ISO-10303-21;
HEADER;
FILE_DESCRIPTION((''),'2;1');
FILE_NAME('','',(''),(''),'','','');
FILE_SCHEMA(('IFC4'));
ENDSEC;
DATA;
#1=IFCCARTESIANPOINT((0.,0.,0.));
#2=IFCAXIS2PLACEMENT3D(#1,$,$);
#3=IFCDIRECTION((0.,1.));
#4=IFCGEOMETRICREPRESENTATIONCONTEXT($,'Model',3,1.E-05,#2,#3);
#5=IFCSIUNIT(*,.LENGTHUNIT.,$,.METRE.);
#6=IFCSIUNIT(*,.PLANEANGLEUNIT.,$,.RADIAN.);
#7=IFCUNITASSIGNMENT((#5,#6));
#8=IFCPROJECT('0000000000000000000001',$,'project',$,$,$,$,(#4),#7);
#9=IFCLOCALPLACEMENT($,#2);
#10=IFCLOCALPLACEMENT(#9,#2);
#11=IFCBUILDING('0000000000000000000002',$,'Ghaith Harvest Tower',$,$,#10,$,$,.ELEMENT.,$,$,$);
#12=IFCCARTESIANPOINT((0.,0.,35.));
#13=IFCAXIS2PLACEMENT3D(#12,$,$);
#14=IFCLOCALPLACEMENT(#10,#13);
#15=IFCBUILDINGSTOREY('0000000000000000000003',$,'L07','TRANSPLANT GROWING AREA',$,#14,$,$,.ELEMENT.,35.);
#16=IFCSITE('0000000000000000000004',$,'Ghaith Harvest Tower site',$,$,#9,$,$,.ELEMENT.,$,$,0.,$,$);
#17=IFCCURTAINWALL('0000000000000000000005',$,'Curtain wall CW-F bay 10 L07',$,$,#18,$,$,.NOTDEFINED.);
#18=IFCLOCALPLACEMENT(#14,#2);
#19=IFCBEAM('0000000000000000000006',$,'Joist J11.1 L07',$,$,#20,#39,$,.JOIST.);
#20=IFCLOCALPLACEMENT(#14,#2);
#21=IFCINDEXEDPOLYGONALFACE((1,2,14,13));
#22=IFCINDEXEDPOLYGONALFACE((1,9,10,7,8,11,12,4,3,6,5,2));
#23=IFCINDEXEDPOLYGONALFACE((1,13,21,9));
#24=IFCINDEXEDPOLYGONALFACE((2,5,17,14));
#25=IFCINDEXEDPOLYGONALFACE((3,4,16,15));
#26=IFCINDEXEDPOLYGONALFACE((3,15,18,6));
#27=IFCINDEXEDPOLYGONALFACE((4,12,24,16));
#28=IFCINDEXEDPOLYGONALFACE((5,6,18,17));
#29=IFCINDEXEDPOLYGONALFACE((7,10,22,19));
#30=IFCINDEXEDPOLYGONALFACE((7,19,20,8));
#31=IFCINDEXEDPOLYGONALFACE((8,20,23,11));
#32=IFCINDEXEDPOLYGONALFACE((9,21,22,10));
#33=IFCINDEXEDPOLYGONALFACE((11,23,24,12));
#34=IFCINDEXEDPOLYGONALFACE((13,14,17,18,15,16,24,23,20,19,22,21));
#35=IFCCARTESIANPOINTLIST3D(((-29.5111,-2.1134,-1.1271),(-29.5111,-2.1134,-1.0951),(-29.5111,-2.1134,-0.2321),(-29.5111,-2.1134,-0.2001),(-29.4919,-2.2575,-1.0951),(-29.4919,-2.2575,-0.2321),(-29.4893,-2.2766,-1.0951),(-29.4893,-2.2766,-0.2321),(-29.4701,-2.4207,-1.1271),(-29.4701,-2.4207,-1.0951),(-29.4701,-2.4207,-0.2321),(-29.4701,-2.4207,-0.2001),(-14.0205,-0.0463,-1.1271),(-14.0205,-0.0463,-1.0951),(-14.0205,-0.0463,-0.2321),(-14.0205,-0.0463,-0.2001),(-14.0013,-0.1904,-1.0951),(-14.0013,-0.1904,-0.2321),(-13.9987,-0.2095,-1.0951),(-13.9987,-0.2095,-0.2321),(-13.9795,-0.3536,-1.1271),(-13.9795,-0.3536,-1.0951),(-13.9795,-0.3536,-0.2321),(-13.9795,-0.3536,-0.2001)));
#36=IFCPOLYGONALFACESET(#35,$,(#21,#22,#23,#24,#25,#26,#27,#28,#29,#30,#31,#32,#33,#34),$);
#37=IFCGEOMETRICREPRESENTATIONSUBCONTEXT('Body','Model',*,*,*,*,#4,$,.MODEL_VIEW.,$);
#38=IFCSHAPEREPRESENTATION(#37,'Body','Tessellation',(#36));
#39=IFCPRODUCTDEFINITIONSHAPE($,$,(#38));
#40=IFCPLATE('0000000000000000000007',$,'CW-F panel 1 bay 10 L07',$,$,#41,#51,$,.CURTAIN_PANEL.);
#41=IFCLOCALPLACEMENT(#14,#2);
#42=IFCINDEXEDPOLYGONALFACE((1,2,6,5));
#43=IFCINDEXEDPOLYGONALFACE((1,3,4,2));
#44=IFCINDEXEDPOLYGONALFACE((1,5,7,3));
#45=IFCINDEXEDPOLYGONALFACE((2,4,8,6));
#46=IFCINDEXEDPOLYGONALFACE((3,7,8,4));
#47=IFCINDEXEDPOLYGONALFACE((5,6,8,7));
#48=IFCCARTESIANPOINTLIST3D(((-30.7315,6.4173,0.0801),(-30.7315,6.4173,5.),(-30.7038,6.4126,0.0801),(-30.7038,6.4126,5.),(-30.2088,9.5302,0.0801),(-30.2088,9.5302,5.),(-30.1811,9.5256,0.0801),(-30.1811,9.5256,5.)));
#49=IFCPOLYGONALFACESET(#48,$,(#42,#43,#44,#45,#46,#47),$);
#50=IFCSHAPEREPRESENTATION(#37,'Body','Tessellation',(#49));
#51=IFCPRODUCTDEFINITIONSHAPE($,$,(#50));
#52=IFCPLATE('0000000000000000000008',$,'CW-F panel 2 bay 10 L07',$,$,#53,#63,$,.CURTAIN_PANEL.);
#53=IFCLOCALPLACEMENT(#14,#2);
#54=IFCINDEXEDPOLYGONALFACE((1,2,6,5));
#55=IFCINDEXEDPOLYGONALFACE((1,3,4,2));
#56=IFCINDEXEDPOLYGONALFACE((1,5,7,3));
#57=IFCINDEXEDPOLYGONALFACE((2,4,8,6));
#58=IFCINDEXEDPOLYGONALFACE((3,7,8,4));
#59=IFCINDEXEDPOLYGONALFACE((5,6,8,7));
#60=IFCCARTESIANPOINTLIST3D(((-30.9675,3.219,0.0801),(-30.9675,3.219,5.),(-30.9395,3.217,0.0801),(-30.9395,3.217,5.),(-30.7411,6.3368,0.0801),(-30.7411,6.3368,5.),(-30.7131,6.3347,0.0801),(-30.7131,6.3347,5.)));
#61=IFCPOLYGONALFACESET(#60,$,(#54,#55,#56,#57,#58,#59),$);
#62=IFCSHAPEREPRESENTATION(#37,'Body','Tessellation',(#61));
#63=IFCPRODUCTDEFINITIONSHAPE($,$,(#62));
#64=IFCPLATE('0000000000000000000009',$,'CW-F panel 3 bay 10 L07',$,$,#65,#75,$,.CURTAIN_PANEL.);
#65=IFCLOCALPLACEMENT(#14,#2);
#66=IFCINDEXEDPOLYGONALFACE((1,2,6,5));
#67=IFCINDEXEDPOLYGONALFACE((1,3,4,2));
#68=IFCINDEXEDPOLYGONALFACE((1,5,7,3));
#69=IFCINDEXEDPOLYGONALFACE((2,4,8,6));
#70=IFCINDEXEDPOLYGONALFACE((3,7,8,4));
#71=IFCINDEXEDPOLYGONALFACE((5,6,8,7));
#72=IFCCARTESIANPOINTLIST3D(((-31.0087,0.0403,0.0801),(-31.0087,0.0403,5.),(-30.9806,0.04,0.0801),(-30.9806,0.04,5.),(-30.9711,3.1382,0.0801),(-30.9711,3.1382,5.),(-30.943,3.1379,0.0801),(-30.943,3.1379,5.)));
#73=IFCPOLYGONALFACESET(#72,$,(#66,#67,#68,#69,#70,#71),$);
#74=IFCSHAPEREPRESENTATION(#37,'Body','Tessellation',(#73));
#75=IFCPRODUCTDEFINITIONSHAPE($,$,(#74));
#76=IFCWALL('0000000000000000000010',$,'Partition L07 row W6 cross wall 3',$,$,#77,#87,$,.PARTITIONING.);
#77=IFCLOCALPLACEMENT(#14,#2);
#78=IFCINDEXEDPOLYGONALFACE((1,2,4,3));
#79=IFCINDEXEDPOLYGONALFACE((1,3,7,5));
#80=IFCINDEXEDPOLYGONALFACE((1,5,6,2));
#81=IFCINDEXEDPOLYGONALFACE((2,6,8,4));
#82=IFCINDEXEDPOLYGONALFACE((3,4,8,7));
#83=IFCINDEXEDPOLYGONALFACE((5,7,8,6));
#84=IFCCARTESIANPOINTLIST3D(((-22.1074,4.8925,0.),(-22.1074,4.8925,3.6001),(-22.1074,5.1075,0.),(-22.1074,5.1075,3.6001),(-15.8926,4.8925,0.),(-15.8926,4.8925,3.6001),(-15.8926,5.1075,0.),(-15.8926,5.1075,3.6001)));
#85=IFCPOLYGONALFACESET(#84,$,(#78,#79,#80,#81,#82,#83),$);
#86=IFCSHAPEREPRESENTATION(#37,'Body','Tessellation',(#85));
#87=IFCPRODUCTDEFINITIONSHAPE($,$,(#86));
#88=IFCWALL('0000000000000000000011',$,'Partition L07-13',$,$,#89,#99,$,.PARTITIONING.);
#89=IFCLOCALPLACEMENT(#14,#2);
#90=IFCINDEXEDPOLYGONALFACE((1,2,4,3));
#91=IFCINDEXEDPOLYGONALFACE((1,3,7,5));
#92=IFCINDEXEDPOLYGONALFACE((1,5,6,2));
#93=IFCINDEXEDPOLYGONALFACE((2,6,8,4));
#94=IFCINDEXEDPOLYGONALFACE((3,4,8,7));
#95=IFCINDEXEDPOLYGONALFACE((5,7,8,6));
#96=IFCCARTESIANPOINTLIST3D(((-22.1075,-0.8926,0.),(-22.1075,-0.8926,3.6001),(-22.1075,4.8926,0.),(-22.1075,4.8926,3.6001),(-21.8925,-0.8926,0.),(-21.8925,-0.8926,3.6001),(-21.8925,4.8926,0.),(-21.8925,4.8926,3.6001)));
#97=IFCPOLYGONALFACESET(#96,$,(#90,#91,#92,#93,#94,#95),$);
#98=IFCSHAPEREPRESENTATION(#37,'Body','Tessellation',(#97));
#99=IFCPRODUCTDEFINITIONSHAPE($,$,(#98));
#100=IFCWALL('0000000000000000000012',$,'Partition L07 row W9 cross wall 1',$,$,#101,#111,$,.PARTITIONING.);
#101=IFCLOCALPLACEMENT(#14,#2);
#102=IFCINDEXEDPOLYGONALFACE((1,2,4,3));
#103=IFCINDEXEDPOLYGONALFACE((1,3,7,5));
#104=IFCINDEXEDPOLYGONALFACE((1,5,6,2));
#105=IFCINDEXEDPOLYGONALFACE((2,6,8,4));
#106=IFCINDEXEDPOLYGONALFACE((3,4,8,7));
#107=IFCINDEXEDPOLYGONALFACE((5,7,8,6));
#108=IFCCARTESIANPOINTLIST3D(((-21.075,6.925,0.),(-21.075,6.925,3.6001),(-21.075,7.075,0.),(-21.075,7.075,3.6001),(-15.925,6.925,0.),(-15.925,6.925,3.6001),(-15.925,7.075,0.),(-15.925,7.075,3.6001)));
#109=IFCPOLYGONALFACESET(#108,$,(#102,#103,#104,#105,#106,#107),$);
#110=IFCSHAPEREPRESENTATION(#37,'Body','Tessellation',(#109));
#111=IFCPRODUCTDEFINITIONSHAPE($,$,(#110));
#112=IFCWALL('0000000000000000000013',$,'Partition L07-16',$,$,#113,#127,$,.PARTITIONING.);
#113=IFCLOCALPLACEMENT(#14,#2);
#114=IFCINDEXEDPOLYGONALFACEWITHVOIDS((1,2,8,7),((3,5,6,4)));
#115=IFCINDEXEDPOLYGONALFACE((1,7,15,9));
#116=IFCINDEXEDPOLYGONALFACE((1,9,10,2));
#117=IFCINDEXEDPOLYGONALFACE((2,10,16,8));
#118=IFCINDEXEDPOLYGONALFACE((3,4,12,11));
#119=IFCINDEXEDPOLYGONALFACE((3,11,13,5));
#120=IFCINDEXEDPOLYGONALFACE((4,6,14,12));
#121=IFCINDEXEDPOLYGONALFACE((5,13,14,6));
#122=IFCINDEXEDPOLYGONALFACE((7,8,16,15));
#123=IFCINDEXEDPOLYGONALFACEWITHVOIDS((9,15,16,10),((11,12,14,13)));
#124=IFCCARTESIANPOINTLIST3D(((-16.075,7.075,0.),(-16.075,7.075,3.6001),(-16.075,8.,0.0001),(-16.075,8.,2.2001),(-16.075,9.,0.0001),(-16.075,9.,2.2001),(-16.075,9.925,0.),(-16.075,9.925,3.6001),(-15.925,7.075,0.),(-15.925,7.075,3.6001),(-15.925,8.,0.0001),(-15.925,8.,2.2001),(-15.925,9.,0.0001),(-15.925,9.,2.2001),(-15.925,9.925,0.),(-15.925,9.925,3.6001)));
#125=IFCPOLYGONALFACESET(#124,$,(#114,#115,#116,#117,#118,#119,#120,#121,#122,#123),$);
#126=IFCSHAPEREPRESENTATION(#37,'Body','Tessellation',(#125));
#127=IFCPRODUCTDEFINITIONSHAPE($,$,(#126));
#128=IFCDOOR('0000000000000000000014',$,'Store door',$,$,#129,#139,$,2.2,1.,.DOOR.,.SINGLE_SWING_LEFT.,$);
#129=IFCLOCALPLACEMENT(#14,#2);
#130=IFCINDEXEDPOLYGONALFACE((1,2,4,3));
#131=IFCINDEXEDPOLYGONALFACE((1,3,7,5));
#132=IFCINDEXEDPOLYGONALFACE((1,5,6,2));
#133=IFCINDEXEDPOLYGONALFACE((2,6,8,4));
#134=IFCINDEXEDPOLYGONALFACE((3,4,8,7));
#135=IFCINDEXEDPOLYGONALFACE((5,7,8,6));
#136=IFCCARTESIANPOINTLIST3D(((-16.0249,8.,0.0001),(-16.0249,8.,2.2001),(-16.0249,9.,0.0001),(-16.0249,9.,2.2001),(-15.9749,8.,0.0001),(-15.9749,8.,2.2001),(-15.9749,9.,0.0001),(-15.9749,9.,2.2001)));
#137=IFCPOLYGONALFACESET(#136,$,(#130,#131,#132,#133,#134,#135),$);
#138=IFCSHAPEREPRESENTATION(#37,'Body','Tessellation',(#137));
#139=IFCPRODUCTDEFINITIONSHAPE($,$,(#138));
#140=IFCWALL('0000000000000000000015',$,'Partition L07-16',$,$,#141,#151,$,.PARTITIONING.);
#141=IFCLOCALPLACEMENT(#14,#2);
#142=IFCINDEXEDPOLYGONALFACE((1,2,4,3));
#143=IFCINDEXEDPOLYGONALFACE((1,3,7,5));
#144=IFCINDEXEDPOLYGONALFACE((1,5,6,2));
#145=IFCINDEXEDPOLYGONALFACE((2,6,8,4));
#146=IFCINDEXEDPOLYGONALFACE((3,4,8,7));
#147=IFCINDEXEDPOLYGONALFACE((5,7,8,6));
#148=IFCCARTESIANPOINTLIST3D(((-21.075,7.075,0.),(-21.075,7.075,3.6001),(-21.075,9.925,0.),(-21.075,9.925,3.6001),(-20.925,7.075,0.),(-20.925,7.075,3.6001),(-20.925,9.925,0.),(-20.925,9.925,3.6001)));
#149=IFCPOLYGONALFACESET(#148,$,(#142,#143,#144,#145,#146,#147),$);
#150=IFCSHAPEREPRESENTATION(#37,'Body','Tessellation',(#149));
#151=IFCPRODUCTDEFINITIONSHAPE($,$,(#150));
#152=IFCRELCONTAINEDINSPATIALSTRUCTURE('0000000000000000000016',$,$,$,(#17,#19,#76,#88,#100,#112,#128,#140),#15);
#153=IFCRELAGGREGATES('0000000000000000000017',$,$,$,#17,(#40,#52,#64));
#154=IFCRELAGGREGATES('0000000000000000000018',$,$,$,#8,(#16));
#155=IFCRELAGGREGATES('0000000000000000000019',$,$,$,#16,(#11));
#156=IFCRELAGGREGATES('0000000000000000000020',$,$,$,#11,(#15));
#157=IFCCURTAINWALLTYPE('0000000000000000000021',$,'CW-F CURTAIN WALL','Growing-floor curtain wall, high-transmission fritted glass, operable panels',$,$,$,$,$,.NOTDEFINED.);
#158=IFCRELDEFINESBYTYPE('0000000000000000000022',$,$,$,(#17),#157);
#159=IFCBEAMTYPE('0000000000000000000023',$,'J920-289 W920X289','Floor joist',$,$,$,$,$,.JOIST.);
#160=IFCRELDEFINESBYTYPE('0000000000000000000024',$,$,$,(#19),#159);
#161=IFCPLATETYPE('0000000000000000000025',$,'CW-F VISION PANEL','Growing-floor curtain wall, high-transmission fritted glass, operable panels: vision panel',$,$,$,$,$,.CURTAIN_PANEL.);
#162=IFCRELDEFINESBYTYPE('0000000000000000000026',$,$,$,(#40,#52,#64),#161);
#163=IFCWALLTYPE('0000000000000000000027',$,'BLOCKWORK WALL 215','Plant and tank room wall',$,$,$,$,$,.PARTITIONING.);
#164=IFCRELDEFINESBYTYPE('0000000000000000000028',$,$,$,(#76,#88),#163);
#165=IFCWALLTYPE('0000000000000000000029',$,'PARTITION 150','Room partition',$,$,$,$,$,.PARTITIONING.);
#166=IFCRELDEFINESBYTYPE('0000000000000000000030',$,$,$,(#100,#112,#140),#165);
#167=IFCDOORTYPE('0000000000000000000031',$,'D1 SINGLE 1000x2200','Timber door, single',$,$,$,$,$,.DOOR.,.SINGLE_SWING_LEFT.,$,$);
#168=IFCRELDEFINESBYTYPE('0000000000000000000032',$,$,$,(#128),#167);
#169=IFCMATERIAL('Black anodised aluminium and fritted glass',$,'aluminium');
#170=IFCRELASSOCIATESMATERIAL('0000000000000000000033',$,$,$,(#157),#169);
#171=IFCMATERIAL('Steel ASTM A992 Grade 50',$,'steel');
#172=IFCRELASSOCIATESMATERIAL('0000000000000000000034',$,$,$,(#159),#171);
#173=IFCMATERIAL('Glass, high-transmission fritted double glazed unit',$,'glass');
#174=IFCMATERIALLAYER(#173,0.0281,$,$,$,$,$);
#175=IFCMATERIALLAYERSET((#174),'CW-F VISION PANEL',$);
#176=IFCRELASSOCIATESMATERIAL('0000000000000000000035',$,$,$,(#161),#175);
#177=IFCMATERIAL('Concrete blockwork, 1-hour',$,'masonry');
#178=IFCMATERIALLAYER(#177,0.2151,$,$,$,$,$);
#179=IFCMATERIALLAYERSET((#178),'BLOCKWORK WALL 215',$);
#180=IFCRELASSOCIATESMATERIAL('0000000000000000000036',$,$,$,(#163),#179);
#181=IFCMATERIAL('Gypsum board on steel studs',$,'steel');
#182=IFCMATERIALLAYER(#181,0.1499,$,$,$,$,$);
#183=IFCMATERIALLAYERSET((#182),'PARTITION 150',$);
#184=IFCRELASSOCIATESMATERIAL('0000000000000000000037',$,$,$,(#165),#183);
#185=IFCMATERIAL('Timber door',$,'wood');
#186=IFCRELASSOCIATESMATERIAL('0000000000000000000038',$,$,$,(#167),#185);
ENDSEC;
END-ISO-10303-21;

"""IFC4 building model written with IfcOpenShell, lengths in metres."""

from ifc_helpers import new_model, si_unit, direction, frame, frame_2d, origin, origin_2d, place, context, subcontext, project, spatial, rectangle, i_section, extrude, material, layer, layer_set, material_profile, profile_set, type_object, element, fill, aggregate, save


model = new_model("IFC4")

# Units and contexts
model_context = context("Model", 3, precision=1e-05, world=origin(), true_north=direction((0.0, 1.0)))
body_context = subcontext(model_context, "Body", "Model", "MODEL_VIEW")
ifc_project = project(units=[si_unit("LENGTHUNIT", "METRE"), si_unit("PLANEANGLEUNIT", "RADIAN")], contexts=[model_context])

# Site, building, storey
site_placement = place(None, origin())
site = spatial("IfcSite", under=ifc_project, at=site_placement, Name="Ghaith Harvest Tower site", CompositionType="ELEMENT", RefElevation=0.0)
building_placement = place(site_placement, origin())
building = spatial("IfcBuilding", under=site, at=building_placement, Name="Ghaith Harvest Tower", CompositionType="ELEMENT")
storey_placement = place(building_placement, frame((0.0, 0.0, 35.0)))
storey = spatial("IfcBuildingStorey", under=building, at=storey_placement, Name="L07", Description="TRANSPLANT GROWING AREA", CompositionType="ELEMENT", Elevation=35.0)

# Curtain wall
ifc_material_1 = material(Name="Black anodised aluminium and fritted glass", Category="aluminium")
curtain_wall_type = type_object("IfcCurtainWallType", Name="CW-F CURTAIN WALL", Description="Growing-floor curtain wall, high-transmission fritted glass, operable panels", PredefinedType="NOTDEFINED", material=ifc_material_1)
curtain_wall_1_placement = place(storey_placement, origin())
curtain_wall_1 = element("IfcCurtainWall", 1, at=curtain_wall_1_placement, inside=storey, type_object=curtain_wall_type, Name="Curtain wall CW-F bay 10 L07", PredefinedType="NOTDEFINED")

# Beam
ifc_material_2 = material(Name="Steel ASTM A992 Grade 50", Category="steel")
ifc_material_profile_1 = material_profile(ifc_material_2, i_section(OverallWidth=0.3101, OverallDepth=0.927, WebThickness=0.0193, FlangeThickness=0.032, at=origin_2d()), Name="W920X289")
ifc_profile_set_1 = profile_set([ifc_material_profile_1], Name="Steel ASTM A992 Grade 50")
beam_type_1 = type_object("IfcBeamType", Name="J920-289 W920X289", Description="Floor joist", PredefinedType="JOIST", material=ifc_profile_set_1)
beam_1_placement = place(storey_placement, frame((-14.0, -0.2, -0.6636), z_axis=(-0.991214, -0.132271, 0.0), x_axis=(0.132271, -0.991214, 0.0)))
element("IfcBeam", 2, at=beam_1_placement, inside=storey, type_object=beam_type_1, Name="Joist J11.1 L07", PredefinedType="JOIST", context=body_context, shape_type="SweptSolid", body=[
    extrude(i_section(OverallWidth=0.3101, OverallDepth=0.927, WebThickness=0.0193, FlangeThickness=0.032, at=origin_2d()), origin(), (0.0, 0.0, 1.0), 15.6279),
])

# Plates
ifc_material_3 = material(Name="Glass, high-transmission fritted double glazed unit", Category="glass")
ifc_layer_1 = layer(ifc_material_3, 0.0281)
ifc_layer_set_1 = layer_set([ifc_layer_1], Name="CW-F VISION PANEL")
plate_type = type_object("IfcPlateType", Name="CW-F VISION PANEL", Description="Growing-floor curtain wall, high-transmission fritted glass, operable panels: vision panel", PredefinedType="CURTAIN_PANEL", material=ifc_layer_set_1)
plate_1_placement = place(storey_placement, frame((-30.4563, 7.9714, 0.0801), z_axis=(0.0, 0.0, 1.0), x_axis=(-0.165581, -0.986196, 0.0)))
plate_1 = element("IfcPlate", 3, at=plate_1_placement, type_object=plate_type, Name="CW-F panel 1 bay 10 L07", PredefinedType="CURTAIN_PANEL", context=body_context, shape_type="SweptSolid", body=[
    extrude(rectangle(XDim=3.1565, YDim=0.0281, at=origin_2d()), origin(), (0.0, 0.0, 1.0), 4.9199),
])
plate_2_placement = place(storey_placement, frame((-30.8403, 4.7769, 0.0801), z_axis=(0.0, 0.0, 1.0), x_axis=(-0.072421, -0.997374, 0.0)))
plate_2 = element("IfcPlate", 4, at=plate_2_placement, type_object=plate_type, Name="CW-F panel 2 bay 10 L07", PredefinedType="CURTAIN_PANEL", context=body_context, shape_type="SweptSolid", body=[
    extrude(rectangle(XDim=3.126, YDim=0.0281, at=origin_2d()), origin(), (0.0, 0.0, 1.0), 4.9199),
])
plate_3_placement = place(storey_placement, frame((-30.9758, 1.5891, 0.0801), z_axis=(0.0, 0.0, 1.0), x_axis=(-0.012133, -0.999926, 0.0)))
plate_3 = element("IfcPlate", 5, at=plate_3_placement, type_object=plate_type, Name="CW-F panel 3 bay 10 L07", PredefinedType="CURTAIN_PANEL", context=body_context, shape_type="SweptSolid", body=[
    extrude(rectangle(XDim=3.0981, YDim=0.0281, at=origin_2d()), origin(), (0.0, 0.0, 1.0), 4.9199),
])
aggregate(curtain_wall_1, [plate_1, plate_2, plate_3])

# Wall
ifc_material_4 = material(Name="Concrete blockwork, 1-hour", Category="masonry")
ifc_layer_2 = layer(ifc_material_4, 0.2151)
ifc_layer_set_2 = layer_set([ifc_layer_2], Name="BLOCKWORK WALL 215")
wall_type_1 = type_object("IfcWallType", Name="BLOCKWORK WALL 215", Description="Plant and tank room wall", PredefinedType="PARTITIONING", material=ifc_layer_set_2)
wall_1_placement = place(storey_placement, frame((-15.8926, 5.0, 0.0), z_axis=(0.0, 0.0, 1.0), x_axis=(-1.0, 0.0, 0.0)))
element("IfcWall", 6, at=wall_1_placement, inside=storey, type_object=wall_type_1, Name="Partition L07 row W6 cross wall 3", PredefinedType="PARTITIONING", context=body_context, shape_type="SweptSolid", body=[
    extrude(rectangle(XDim=6.2148, YDim=0.2151, at=frame_2d((3.1074, 0.0))), origin(), (0.0, 0.0, 1.0), 3.6001),
])

# Walls
wall_2_placement = place(storey_placement, frame((-22.0, -0.8926, 0.0), z_axis=(0.0, 0.0, 1.0), x_axis=(0.0, 1.0, 0.0)))
element("IfcWall", 7, at=wall_2_placement, inside=storey, type_object=wall_type_1, Name="Partition L07-13", PredefinedType="PARTITIONING", context=body_context, shape_type="SweptSolid", body=[
    extrude(rectangle(XDim=5.7852, YDim=0.2151, at=frame_2d((2.8926, 0.0))), origin(), (0.0, 0.0, 1.0), 3.6001),
])
ifc_material_5 = material(Name="Gypsum board on steel studs", Category="steel")
ifc_layer_3 = layer(ifc_material_5, 0.1499)
ifc_layer_set_3 = layer_set([ifc_layer_3], Name="PARTITION 150")
wall_type_2 = type_object("IfcWallType", Name="PARTITION 150", Description="Room partition", PredefinedType="PARTITIONING", material=ifc_layer_set_3)
wall_3_placement = place(storey_placement, frame((-15.925, 7.0, 0.0), z_axis=(0.0, 0.0, 1.0), x_axis=(-1.0, 0.0, 0.0)))
element("IfcWall", 8, at=wall_3_placement, inside=storey, type_object=wall_type_2, Name="Partition L07 row W9 cross wall 1", PredefinedType="PARTITIONING", context=body_context, shape_type="SweptSolid", body=[
    extrude(rectangle(XDim=5.1499, YDim=0.1499, at=frame_2d((2.575, 0.0))), origin(), (0.0, 0.0, 1.0), 3.6001),
])

# Wall, opening, door
wall_4_placement = place(storey_placement, frame((-16.0, 7.075, 0.0), z_axis=(0.0, 0.0, 1.0), x_axis=(0.0, 1.0, 0.0)))
wall_4 = element("IfcWall", 9, at=wall_4_placement, inside=storey, type_object=wall_type_2, Name="Partition L07-16", PredefinedType="PARTITIONING", context=body_context, shape_type="SweptSolid", body=[
    extrude(rectangle(XDim=2.8501, YDim=0.1499, at=frame_2d((1.425, 0.0))), origin(), (0.0, 0.0, 1.0), 3.6001),
])
opening_1_placement = place(wall_4_placement, frame((0.925, 0.0, 0.0)))
opening_1 = element("IfcOpeningElement", 10, at=opening_1_placement, cuts=wall_4, PredefinedType="OPENING", context=body_context, shape_type="SweptSolid", body=[
    extrude(rectangle(XDim=1.0, YDim=2.2, at=frame_2d((0.5, 1.1001))), frame((0.0, 0.085, 0.0), z_axis=(0.0, -1.0, 0.0), x_axis=(1.0, 0.0, 0.0)), (0.0, 0.0, 1.0), 0.1699),
])
ifc_material_6 = material(Name="Timber door", Category="wood")
door_type_1 = type_object("IfcDoorType", Name="D1 SINGLE 1000x2200", Description="Timber door, single", OperationType="SINGLE_SWING_LEFT", PredefinedType="DOOR", material=ifc_material_6)
door_1_placement = place(opening_1_placement, origin())
door_1 = element("IfcDoor", 11, at=door_1_placement, inside=storey, type_object=door_type_1, Name="Store door", OperationType="SINGLE_SWING_LEFT", OverallHeight=2.2, OverallWidth=1.0, PredefinedType="DOOR", context=body_context, shape_type="SweptSolid", body=[
    extrude(rectangle(XDim=1.0, YDim=2.2, at=frame_2d((0.5, 1.1001))), frame((0.0, 0.0249, 0.0), z_axis=(0.0, -1.0, 0.0), x_axis=(1.0, 0.0, 0.0)), (0.0, 0.0, 1.0), 0.05),
])
fill(opening_1, door_1)

# Wall
wall_5_placement = place(storey_placement, frame((-21.0, 7.075, 0.0), z_axis=(0.0, 0.0, 1.0), x_axis=(0.0, 1.0, 0.0)))
element("IfcWall", 12, at=wall_5_placement, inside=storey, type_object=wall_type_2, Name="Partition L07-16", PredefinedType="PARTITIONING", context=body_context, shape_type="SweptSolid", body=[
    extrude(rectangle(XDim=2.8501, YDim=0.1499, at=frame_2d((1.425, 0.0))), origin(), (0.0, 0.0, 1.0), 3.6001),
])

save(model, "model.ifc")
